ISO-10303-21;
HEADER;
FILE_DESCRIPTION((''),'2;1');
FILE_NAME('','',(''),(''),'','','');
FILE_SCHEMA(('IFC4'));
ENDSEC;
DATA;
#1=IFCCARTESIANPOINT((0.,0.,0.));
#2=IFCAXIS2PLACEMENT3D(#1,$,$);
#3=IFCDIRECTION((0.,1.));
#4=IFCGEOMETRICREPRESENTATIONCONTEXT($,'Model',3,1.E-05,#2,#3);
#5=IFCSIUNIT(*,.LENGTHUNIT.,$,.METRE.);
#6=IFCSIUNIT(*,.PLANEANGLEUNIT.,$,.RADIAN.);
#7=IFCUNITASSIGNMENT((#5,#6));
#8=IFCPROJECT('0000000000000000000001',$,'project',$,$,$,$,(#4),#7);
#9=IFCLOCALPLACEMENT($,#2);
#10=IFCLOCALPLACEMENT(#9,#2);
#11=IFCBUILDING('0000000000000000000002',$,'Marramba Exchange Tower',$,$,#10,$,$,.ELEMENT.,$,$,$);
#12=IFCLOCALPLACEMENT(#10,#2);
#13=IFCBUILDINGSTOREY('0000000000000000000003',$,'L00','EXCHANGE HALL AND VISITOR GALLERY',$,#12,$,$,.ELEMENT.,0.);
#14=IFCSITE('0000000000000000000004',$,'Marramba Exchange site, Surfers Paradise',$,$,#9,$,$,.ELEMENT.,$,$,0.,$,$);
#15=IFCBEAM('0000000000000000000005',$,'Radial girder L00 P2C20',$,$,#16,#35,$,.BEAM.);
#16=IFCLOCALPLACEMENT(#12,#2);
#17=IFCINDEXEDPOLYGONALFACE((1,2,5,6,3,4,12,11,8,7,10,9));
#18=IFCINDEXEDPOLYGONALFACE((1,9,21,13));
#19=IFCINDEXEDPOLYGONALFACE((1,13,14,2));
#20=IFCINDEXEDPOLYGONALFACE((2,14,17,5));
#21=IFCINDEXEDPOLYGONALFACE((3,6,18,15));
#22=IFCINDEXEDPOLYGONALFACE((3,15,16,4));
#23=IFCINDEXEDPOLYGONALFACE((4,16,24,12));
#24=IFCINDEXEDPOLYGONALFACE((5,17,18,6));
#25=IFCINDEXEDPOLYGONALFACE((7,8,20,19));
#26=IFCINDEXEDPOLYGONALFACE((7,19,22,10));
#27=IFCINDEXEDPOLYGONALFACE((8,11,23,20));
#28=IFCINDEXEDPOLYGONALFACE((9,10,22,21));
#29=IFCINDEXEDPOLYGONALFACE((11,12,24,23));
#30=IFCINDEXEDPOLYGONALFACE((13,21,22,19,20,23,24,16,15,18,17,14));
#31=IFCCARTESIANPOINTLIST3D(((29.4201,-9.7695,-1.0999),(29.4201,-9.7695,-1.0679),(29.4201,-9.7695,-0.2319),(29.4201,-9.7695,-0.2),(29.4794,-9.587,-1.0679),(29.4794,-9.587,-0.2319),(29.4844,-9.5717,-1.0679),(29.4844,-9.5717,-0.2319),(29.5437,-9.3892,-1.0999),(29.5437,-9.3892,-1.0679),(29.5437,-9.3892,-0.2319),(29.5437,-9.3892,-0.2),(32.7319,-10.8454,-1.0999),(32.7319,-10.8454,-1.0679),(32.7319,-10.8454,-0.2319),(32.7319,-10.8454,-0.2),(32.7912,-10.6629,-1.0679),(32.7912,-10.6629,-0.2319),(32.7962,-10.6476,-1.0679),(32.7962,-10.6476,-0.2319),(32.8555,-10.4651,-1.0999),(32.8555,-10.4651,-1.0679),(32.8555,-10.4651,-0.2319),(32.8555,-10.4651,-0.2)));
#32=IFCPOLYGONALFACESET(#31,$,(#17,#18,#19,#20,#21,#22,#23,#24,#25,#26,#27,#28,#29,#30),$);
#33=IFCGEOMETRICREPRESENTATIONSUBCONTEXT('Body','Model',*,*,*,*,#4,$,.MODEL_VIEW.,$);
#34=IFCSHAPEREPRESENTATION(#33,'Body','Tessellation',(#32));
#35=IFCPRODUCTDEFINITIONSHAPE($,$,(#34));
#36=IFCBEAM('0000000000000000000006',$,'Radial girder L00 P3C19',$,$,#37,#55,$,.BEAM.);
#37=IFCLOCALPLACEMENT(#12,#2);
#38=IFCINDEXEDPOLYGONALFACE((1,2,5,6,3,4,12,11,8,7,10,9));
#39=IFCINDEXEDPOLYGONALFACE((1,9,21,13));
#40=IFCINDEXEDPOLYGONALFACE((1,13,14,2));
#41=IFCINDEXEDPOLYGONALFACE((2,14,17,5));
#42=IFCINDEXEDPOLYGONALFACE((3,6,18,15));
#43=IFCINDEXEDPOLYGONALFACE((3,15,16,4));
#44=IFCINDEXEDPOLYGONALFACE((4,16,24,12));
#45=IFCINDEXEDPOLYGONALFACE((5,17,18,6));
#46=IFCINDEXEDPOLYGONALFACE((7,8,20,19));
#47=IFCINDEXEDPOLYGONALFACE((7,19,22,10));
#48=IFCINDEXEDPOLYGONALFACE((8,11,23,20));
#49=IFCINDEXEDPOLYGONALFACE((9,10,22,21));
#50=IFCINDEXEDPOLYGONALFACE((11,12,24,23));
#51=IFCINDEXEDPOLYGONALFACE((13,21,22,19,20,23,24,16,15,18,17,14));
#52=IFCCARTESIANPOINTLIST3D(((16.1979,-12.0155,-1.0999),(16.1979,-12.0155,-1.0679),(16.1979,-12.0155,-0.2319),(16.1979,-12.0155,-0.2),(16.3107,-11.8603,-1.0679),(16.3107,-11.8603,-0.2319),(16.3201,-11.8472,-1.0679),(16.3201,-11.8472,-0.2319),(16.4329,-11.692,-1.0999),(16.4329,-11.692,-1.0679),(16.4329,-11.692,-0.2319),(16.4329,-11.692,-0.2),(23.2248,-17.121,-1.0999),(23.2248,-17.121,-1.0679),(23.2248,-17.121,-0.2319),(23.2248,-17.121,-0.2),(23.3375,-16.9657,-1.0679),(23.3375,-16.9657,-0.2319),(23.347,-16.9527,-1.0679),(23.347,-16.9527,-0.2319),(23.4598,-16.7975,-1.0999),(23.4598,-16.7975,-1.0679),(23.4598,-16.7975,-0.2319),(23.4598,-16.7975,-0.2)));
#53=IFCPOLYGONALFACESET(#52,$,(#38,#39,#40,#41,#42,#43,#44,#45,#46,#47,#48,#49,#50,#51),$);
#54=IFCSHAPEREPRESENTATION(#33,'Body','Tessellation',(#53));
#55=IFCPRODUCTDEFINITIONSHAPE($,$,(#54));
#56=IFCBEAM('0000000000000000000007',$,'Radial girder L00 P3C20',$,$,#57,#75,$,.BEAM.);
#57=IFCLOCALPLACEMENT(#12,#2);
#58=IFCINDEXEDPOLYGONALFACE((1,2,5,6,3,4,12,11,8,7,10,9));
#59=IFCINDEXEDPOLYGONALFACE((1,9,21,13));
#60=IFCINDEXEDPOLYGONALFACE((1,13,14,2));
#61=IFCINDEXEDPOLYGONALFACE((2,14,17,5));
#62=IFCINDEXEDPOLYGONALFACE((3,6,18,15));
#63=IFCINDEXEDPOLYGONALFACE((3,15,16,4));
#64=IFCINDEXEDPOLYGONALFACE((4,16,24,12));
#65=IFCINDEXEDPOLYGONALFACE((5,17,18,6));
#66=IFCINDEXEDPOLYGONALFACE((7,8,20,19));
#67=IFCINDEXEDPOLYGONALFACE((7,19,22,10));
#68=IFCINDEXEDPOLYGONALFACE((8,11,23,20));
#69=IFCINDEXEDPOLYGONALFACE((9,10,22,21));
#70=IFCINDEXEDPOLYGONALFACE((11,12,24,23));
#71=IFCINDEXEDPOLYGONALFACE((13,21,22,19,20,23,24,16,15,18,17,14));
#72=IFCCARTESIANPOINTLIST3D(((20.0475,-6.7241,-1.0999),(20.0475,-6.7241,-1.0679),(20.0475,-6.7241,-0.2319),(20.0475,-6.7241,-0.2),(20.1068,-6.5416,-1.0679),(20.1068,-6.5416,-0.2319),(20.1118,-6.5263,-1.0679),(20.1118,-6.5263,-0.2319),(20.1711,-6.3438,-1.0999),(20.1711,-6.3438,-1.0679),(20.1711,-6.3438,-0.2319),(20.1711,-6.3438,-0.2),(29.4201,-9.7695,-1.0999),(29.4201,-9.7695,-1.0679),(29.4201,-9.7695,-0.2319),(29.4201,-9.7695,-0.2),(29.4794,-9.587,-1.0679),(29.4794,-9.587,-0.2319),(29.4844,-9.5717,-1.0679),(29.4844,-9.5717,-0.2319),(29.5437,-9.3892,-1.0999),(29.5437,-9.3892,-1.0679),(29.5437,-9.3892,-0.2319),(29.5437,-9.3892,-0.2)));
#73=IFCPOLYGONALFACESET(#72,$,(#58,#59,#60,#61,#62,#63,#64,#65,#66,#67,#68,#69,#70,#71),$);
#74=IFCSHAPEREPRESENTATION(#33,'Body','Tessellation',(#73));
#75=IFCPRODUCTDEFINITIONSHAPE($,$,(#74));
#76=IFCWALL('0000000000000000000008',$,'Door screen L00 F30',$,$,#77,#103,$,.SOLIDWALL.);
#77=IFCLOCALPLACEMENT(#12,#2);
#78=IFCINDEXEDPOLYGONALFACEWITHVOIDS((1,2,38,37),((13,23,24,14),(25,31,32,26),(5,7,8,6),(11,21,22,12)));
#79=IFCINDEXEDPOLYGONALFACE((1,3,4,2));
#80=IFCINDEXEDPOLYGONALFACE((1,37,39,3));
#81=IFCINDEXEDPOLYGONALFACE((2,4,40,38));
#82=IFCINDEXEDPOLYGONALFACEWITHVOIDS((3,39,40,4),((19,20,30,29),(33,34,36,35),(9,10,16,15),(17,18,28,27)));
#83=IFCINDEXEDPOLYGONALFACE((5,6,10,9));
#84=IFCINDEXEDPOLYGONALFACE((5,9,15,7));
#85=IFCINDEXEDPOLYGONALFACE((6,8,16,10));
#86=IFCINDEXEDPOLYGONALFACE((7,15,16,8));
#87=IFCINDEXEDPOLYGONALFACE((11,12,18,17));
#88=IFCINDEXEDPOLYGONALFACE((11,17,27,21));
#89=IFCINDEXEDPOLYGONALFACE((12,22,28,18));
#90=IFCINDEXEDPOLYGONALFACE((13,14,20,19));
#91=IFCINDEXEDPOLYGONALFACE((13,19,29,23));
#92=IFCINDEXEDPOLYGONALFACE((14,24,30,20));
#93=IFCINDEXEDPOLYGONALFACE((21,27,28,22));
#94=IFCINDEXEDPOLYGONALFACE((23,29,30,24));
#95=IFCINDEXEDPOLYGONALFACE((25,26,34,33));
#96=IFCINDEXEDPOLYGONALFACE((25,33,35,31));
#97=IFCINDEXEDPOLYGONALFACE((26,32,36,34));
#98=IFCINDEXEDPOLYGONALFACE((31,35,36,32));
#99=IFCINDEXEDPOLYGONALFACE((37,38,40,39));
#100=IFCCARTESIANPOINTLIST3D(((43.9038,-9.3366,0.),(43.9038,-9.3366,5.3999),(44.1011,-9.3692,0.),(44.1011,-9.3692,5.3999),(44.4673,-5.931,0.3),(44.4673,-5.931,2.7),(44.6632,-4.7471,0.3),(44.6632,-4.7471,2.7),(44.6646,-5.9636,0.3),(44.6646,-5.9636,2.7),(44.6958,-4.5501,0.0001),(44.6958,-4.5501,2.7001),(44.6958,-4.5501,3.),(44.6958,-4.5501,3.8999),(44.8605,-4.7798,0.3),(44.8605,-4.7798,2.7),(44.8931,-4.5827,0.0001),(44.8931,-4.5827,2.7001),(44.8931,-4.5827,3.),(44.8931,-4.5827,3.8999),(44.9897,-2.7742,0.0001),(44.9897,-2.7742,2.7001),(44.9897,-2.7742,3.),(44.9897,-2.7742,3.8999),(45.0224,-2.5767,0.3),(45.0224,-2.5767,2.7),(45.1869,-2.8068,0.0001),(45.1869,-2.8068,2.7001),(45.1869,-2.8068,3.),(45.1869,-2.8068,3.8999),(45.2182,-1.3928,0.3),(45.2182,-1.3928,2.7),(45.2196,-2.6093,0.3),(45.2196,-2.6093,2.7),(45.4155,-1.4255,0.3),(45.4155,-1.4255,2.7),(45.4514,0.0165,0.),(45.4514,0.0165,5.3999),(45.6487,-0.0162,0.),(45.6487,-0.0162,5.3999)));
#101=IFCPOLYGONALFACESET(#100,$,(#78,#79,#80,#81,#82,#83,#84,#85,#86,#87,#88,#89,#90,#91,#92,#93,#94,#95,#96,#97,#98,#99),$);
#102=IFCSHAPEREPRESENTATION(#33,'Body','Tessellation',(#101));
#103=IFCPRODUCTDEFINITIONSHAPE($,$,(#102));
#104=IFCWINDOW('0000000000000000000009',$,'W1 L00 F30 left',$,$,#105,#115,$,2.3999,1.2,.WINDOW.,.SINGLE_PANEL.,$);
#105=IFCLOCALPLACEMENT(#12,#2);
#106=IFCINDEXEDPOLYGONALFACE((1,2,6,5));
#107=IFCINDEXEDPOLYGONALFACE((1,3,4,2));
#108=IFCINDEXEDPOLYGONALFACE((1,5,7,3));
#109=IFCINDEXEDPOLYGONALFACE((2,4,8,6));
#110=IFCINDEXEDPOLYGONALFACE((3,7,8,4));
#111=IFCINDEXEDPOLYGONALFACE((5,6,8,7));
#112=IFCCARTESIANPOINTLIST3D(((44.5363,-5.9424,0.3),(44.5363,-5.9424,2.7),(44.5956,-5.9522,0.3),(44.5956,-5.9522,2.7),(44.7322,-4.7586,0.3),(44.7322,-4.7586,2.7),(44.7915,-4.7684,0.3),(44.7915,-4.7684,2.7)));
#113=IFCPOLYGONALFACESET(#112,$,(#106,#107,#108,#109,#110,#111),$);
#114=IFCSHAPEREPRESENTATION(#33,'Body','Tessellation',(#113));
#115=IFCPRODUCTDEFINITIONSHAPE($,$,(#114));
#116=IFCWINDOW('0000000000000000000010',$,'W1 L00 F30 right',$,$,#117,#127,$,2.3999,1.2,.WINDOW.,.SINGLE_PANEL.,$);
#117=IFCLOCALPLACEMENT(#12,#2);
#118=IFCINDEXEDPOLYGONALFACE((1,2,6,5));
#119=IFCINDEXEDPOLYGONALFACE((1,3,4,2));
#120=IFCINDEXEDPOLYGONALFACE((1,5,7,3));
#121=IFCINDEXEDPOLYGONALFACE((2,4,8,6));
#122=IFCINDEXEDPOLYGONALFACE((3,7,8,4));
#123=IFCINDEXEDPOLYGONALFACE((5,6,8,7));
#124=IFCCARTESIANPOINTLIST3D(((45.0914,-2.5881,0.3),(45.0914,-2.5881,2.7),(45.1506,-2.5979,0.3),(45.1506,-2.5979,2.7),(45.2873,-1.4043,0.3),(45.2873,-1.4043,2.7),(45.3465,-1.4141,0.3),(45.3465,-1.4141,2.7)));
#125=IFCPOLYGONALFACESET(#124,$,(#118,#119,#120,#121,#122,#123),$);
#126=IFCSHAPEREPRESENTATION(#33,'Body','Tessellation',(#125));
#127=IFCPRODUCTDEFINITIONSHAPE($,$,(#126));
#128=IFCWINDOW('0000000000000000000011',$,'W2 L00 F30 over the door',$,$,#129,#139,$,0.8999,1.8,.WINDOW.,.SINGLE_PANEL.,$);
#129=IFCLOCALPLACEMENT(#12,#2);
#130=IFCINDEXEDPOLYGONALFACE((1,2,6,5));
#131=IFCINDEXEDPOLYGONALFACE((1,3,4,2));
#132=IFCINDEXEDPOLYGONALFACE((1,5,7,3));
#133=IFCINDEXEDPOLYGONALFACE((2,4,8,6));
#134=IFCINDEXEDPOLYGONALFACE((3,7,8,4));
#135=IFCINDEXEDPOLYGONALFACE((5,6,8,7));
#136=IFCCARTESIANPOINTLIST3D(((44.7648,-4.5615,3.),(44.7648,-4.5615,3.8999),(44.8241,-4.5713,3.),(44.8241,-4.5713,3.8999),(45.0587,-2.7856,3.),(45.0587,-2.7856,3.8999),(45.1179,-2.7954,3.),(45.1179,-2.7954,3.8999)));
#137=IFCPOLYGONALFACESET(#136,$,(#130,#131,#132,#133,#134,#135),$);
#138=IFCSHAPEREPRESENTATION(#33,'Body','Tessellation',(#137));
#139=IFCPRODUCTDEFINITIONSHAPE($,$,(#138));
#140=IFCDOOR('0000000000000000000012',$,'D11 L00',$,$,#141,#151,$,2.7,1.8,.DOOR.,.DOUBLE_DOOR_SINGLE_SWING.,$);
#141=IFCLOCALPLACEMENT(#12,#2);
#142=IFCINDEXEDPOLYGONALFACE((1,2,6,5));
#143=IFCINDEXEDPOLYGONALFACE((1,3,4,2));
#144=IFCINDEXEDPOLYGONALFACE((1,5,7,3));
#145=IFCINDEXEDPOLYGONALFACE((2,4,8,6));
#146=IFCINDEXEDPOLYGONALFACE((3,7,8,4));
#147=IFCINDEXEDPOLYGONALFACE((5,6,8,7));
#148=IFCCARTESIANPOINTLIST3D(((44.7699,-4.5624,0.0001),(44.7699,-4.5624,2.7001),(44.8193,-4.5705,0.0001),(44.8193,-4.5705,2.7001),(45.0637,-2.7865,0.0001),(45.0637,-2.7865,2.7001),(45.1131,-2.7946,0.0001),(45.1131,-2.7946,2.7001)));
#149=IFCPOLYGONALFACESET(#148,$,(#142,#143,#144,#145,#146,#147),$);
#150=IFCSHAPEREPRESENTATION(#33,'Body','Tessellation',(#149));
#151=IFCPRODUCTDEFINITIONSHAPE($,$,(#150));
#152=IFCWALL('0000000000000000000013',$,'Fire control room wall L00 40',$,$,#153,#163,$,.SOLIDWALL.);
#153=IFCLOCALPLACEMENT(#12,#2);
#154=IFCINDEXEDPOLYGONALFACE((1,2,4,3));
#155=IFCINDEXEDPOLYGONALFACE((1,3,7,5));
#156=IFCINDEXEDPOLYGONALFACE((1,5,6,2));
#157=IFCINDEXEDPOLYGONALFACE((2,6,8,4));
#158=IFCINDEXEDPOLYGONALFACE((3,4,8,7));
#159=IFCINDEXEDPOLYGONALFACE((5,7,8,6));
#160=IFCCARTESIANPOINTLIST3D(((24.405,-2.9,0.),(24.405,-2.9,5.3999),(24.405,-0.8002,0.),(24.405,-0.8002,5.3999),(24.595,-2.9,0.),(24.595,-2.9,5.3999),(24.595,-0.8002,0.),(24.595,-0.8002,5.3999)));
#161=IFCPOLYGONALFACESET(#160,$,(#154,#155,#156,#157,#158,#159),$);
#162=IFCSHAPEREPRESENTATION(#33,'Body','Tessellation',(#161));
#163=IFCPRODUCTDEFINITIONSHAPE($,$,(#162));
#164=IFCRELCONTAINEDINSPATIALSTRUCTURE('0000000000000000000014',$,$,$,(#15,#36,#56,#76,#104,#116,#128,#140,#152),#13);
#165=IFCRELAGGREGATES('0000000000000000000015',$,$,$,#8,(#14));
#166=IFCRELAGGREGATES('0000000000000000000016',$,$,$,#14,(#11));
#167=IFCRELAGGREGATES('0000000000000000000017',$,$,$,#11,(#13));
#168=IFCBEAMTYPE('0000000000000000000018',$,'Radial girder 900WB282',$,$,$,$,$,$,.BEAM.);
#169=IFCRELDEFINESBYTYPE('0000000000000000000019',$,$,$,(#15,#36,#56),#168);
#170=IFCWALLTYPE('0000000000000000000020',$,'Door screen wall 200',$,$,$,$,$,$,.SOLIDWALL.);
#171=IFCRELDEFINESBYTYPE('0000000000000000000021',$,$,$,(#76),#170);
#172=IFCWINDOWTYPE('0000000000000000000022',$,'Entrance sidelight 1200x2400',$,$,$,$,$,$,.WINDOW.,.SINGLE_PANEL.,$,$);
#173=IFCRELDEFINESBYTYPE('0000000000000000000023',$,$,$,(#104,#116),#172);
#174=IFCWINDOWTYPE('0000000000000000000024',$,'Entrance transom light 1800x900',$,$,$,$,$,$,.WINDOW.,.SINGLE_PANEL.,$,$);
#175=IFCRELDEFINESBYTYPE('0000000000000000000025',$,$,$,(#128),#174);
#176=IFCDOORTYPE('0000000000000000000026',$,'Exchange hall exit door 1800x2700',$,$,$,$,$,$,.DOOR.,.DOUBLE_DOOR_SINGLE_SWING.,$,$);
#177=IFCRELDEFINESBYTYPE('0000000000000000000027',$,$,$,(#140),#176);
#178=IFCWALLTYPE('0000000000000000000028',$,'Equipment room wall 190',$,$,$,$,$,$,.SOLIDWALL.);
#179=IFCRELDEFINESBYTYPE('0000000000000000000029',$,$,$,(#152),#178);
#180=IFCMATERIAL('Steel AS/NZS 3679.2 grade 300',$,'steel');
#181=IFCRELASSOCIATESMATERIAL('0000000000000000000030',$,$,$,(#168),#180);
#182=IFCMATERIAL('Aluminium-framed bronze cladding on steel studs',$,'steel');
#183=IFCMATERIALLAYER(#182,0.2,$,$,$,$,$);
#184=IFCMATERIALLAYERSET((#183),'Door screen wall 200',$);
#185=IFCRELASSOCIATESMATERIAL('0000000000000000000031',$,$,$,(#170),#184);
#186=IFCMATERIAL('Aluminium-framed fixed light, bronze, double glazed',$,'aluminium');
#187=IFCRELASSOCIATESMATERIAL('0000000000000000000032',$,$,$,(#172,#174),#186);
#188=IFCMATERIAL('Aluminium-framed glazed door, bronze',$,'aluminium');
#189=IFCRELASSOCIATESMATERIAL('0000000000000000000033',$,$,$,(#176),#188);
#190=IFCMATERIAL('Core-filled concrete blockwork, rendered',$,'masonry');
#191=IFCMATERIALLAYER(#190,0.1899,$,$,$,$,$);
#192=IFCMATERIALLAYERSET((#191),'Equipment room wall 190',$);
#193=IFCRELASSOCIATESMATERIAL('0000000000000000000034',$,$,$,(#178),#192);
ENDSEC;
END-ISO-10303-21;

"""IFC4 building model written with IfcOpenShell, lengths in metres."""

from ifc_helpers import new_model, si_unit, direction, frame, frame_2d, origin, origin_2d, place, context, subcontext, project, spatial, rectangle, i_section, extrude, material, layer, layer_set, material_profile, profile_set, type_object, element, fill, save


model = new_model("IFC4")

# Units and contexts
model_context = context("Model", 3, precision=1e-05, world=origin(), true_north=direction((0.0, 1.0)))
body_context = subcontext(model_context, "Body", "Model", "MODEL_VIEW")
ifc_project = project(units=[si_unit("LENGTHUNIT", "METRE"), si_unit("PLANEANGLEUNIT", "RADIAN")], contexts=[model_context])

# Site, building, storey
site_placement = place(None, origin())
site = spatial("IfcSite", under=ifc_project, at=site_placement, Name="Marramba Exchange site, Surfers Paradise", CompositionType="ELEMENT", RefElevation=0.0)
building_placement = place(site_placement, origin())
building = spatial("IfcBuilding", under=site, at=building_placement, Name="Marramba Exchange Tower", CompositionType="ELEMENT")
storey_placement = place(building_placement, origin())
storey = spatial("IfcBuildingStorey", under=building, at=storey_placement, Name="L00", Description="EXCHANGE HALL AND VISITOR GALLERY", CompositionType="ELEMENT", Elevation=0.0)

# Beams
ifc_material_1 = material(Name="Steel AS/NZS 3679.2 grade 300", Category="steel")
ifc_material_profile_1 = material_profile(ifc_material_1, i_section(OverallWidth=0.3999, OverallDepth=0.8999, WebThickness=0.0161, FlangeThickness=0.032, at=origin_2d()), Name="900WB282")
ifc_profile_set_1 = profile_set([ifc_material_profile_1], Name="Steel AS/NZS 3679.2 grade 300")
beam_type_1 = type_object("IfcBeamType", Name="Radial girder 900WB282", PredefinedType="BEAM", material=ifc_profile_set_1)
beam_1_placement = place(storey_placement, frame((32.7937, -10.6553, -0.6499), z_axis=(-0.951068, 0.308983, 0.0), x_axis=(-0.308983, -0.951068, 0.0)))
element("IfcBeam", 1, at=beam_1_placement, inside=storey, type_object=beam_type_1, Name="Radial girder L00 P2C20", PredefinedType="BEAM", context=body_context, shape_type="SweptSolid", body=[
    extrude(i_section(OverallWidth=0.3999, OverallDepth=0.8999, WebThickness=0.0161, FlangeThickness=0.032, at=origin_2d()), origin(), (0.0, 0.0, 1.0), 3.4822),
])
beam_2_placement = place(storey_placement, frame((23.3423, -16.9592, -0.6499), z_axis=(-0.809008, 0.587797, 0.0), x_axis=(-0.587797, -0.809008, 0.0)))
element("IfcBeam", 2, at=beam_2_placement, inside=storey, type_object=beam_type_1, Name="Radial girder L00 P3C19", PredefinedType="BEAM", context=body_context, shape_type="SweptSolid", body=[
    extrude(i_section(OverallWidth=0.3999, OverallDepth=0.8999, WebThickness=0.0161, FlangeThickness=0.032, at=origin_2d()), origin(), (0.0, 0.0, 1.0), 8.6858),
])
beam_3_placement = place(storey_placement, frame((29.4819, -9.5793, -0.6499), z_axis=(-0.951054, 0.309024, 0.0), x_axis=(-0.309024, -0.951054, 0.0)))
element("IfcBeam", 3, at=beam_3_placement, inside=storey, type_object=beam_type_1, Name="Radial girder L00 P3C20", PredefinedType="BEAM", context=body_context, shape_type="SweptSolid", body=[
    extrude(i_section(OverallWidth=0.3999, OverallDepth=0.8999, WebThickness=0.0161, FlangeThickness=0.032, at=origin_2d()), origin(), (0.0, 0.0, 1.0), 9.855),
])

# Wall, openings, windows, door
ifc_material_2 = material(Name="Aluminium-framed bronze cladding on steel studs", Category="steel")
ifc_layer_1 = layer(ifc_material_2, 0.2)
ifc_layer_set_1 = layer_set([ifc_layer_1], Name="Door screen wall 200")
wall_type_1 = type_object("IfcWallType", Name="Door screen wall 200", PredefinedType="SOLIDWALL", material=ifc_layer_set_1)
wall_1_placement = place(storey_placement, frame((44.0024, -9.353, 0.0), z_axis=(0.0, 0.0, 1.0), x_axis=(0.163246, 0.986585, 0.0)))
wall_1 = element("IfcWall", 4, at=wall_1_placement, inside=storey, type_object=wall_type_1, Name="Door screen L00 F30", PredefinedType="SOLIDWALL", context=body_context, shape_type="SweptSolid", body=[
    extrude(rectangle(XDim=9.4802, YDim=0.2, at=frame_2d((4.7402, 0.0))), origin(), (0.0, 0.0, 1.0), 5.3999),
])
opening_1_placement = place(wall_1_placement, frame((4.8518, 0.0, 0.0)))
opening_1 = element("IfcOpeningElement", 5, at=opening_1_placement, cuts=wall_1, PredefinedType="OPENING", context=body_context, shape_type="SweptSolid", body=[
    extrude(rectangle(XDim=1.8, YDim=2.7, at=frame_2d((0.8999, 1.3501))), frame((0.0, 0.1099, 0.0), z_axis=(0.0, -1.0, 0.0), x_axis=(1.0, 0.0, 0.0)), (0.0, 0.0, 1.0), 0.22),
])
opening_2_placement = place(wall_1_placement, frame((3.4519, 0.0, 0.3)))
opening_2 = element("IfcOpeningElement", 6, at=opening_2_placement, cuts=wall_1, PredefinedType="OPENING", context=body_context, shape_type="SweptSolid", body=[
    extrude(rectangle(XDim=1.2, YDim=2.3999, at=frame_2d((0.6001, 1.2))), frame((0.0, 0.1099, 0.0), z_axis=(0.0, -1.0, 0.0), x_axis=(1.0, 0.0, 0.0)), (0.0, 0.0, 1.0), 0.22),
])
opening_3_placement = place(wall_1_placement, frame((6.8518, 0.0, 0.3)))
opening_3 = element("IfcOpeningElement", 7, at=opening_3_placement, cuts=wall_1, PredefinedType="OPENING", context=body_context, shape_type="SweptSolid", body=[
    extrude(rectangle(XDim=1.2, YDim=2.3999, at=frame_2d((0.6001, 1.2))), frame((0.0, 0.1099, 0.0), z_axis=(0.0, -1.0, 0.0), x_axis=(1.0, 0.0, 0.0)), (0.0, 0.0, 1.0), 0.22),
])
opening_4_placement = place(wall_1_placement, frame((4.8518, 0.0, 3.0)))
opening_4 = element("IfcOpeningElement", 8, at=opening_4_placement, cuts=wall_1, PredefinedType="OPENING", context=body_context, shape_type="SweptSolid", body=[
    extrude(rectangle(XDim=1.8, YDim=0.8999, at=frame_2d((0.8999, 0.45))), frame((0.0, 0.1099, 0.0), z_axis=(0.0, -1.0, 0.0), x_axis=(1.0, 0.0, 0.0)), (0.0, 0.0, 1.0), 0.22),
])
ifc_material_3 = material(Name="Aluminium-framed fixed light, bronze, double glazed", Category="aluminium")
window_type_1 = type_object("IfcWindowType", Name="Entrance sidelight 1200x2400", PartitioningType="SINGLE_PANEL", PredefinedType="WINDOW", material=ifc_material_3)
window_1_placement = place(opening_2_placement, origin())
window_1 = element("IfcWindow", 9, at=window_1_placement, inside=storey, type_object=window_type_1, Name="W1 L00 F30 left", OverallHeight=2.3999, OverallWidth=1.2, PartitioningType="SINGLE_PANEL", PredefinedType="WINDOW", context=body_context, shape_type="SweptSolid", body=[
    extrude(rectangle(XDim=1.2, YDim=2.3999, at=frame_2d((0.6001, 1.2))), frame((0.0, 0.03, 0.0), z_axis=(0.0, -1.0, 0.0), x_axis=(1.0, 0.0, 0.0)), (0.0, 0.0, 1.0), 0.0601),
])
fill(opening_2, window_1)
window_2_placement = place(opening_3_placement, origin())
window_2 = element("IfcWindow", 10, at=window_2_placement, inside=storey, type_object=window_type_1, Name="W1 L00 F30 right", OverallHeight=2.3999, OverallWidth=1.2, PartitioningType="SINGLE_PANEL", PredefinedType="WINDOW", context=body_context, shape_type="SweptSolid", body=[
    extrude(rectangle(XDim=1.2, YDim=2.3999, at=frame_2d((0.6001, 1.2))), frame((0.0, 0.03, 0.0), z_axis=(0.0, -1.0, 0.0), x_axis=(1.0, 0.0, 0.0)), (0.0, 0.0, 1.0), 0.0601),
])
fill(opening_3, window_2)
window_type_2 = type_object("IfcWindowType", Name="Entrance transom light 1800x900", PartitioningType="SINGLE_PANEL", PredefinedType="WINDOW", material=ifc_material_3)
window_3_placement = place(opening_4_placement, origin())
window_3 = element("IfcWindow", 11, at=window_3_placement, inside=storey, type_object=window_type_2, Name="W2 L00 F30 over the door", OverallHeight=0.8999, OverallWidth=1.8, PartitioningType="SINGLE_PANEL", PredefinedType="WINDOW", context=body_context, shape_type="SweptSolid", body=[
    extrude(rectangle(XDim=1.8, YDim=0.8999, at=frame_2d((0.8999, 0.45))), frame((0.0, 0.03, 0.0), z_axis=(0.0, -1.0, 0.0), x_axis=(1.0, 0.0, 0.0)), (0.0, 0.0, 1.0), 0.0601),
])
fill(opening_4, window_3)
ifc_material_4 = material(Name="Aluminium-framed glazed door, bronze", Category="aluminium")
door_type = type_object("IfcDoorType", Name="Exchange hall exit door 1800x2700", OperationType="DOUBLE_DOOR_SINGLE_SWING", PredefinedType="DOOR", material=ifc_material_4)
door_placement = place(opening_1_placement, frame((1.8, 0.0, 0.0), z_axis=(0.0, 0.0, 1.0), x_axis=(-1.0, 0.0, 0.0)))
door = element("IfcDoor", 12, at=door_placement, inside=storey, type_object=door_type, Name="D11 L00", OperationType="DOUBLE_DOOR_SINGLE_SWING", OverallHeight=2.7, OverallWidth=1.8, PredefinedType="DOOR", context=body_context, shape_type="SweptSolid", body=[
    extrude(rectangle(XDim=1.8, YDim=2.7, at=frame_2d((0.9001, 1.3501))), frame((0.0, 0.0251, 0.0), z_axis=(0.0, -1.0, 0.0), x_axis=(1.0, 0.0, 0.0)), (0.0, 0.0, 1.0), 0.05),
])
fill(opening_1, door)

# Wall
ifc_material_5 = material(Name="Core-filled concrete blockwork, rendered", Category="masonry")
ifc_layer_2 = layer(ifc_material_5, 0.1899)
ifc_layer_set_2 = layer_set([ifc_layer_2], Name="Equipment room wall 190")
wall_type_2 = type_object("IfcWallType", Name="Equipment room wall 190", PredefinedType="SOLIDWALL", material=ifc_layer_set_2)
wall_2_placement = place(storey_placement, frame((24.5, -2.8999, 0.0), z_axis=(0.0, 0.0, 1.0), x_axis=(0.0, 1.0, 0.0)))
element("IfcWall", 13, at=wall_2_placement, inside=storey, type_object=wall_type_2, Name="Fire control room wall L00 40", PredefinedType="SOLIDWALL", context=body_context, shape_type="SweptSolid", body=[
    extrude(rectangle(XDim=2.0999, YDim=0.1899, at=frame_2d((1.0498, 0.0))), origin(), (0.0, 0.0, 1.0), 5.3999),
])

save(model, "model.ifc")
